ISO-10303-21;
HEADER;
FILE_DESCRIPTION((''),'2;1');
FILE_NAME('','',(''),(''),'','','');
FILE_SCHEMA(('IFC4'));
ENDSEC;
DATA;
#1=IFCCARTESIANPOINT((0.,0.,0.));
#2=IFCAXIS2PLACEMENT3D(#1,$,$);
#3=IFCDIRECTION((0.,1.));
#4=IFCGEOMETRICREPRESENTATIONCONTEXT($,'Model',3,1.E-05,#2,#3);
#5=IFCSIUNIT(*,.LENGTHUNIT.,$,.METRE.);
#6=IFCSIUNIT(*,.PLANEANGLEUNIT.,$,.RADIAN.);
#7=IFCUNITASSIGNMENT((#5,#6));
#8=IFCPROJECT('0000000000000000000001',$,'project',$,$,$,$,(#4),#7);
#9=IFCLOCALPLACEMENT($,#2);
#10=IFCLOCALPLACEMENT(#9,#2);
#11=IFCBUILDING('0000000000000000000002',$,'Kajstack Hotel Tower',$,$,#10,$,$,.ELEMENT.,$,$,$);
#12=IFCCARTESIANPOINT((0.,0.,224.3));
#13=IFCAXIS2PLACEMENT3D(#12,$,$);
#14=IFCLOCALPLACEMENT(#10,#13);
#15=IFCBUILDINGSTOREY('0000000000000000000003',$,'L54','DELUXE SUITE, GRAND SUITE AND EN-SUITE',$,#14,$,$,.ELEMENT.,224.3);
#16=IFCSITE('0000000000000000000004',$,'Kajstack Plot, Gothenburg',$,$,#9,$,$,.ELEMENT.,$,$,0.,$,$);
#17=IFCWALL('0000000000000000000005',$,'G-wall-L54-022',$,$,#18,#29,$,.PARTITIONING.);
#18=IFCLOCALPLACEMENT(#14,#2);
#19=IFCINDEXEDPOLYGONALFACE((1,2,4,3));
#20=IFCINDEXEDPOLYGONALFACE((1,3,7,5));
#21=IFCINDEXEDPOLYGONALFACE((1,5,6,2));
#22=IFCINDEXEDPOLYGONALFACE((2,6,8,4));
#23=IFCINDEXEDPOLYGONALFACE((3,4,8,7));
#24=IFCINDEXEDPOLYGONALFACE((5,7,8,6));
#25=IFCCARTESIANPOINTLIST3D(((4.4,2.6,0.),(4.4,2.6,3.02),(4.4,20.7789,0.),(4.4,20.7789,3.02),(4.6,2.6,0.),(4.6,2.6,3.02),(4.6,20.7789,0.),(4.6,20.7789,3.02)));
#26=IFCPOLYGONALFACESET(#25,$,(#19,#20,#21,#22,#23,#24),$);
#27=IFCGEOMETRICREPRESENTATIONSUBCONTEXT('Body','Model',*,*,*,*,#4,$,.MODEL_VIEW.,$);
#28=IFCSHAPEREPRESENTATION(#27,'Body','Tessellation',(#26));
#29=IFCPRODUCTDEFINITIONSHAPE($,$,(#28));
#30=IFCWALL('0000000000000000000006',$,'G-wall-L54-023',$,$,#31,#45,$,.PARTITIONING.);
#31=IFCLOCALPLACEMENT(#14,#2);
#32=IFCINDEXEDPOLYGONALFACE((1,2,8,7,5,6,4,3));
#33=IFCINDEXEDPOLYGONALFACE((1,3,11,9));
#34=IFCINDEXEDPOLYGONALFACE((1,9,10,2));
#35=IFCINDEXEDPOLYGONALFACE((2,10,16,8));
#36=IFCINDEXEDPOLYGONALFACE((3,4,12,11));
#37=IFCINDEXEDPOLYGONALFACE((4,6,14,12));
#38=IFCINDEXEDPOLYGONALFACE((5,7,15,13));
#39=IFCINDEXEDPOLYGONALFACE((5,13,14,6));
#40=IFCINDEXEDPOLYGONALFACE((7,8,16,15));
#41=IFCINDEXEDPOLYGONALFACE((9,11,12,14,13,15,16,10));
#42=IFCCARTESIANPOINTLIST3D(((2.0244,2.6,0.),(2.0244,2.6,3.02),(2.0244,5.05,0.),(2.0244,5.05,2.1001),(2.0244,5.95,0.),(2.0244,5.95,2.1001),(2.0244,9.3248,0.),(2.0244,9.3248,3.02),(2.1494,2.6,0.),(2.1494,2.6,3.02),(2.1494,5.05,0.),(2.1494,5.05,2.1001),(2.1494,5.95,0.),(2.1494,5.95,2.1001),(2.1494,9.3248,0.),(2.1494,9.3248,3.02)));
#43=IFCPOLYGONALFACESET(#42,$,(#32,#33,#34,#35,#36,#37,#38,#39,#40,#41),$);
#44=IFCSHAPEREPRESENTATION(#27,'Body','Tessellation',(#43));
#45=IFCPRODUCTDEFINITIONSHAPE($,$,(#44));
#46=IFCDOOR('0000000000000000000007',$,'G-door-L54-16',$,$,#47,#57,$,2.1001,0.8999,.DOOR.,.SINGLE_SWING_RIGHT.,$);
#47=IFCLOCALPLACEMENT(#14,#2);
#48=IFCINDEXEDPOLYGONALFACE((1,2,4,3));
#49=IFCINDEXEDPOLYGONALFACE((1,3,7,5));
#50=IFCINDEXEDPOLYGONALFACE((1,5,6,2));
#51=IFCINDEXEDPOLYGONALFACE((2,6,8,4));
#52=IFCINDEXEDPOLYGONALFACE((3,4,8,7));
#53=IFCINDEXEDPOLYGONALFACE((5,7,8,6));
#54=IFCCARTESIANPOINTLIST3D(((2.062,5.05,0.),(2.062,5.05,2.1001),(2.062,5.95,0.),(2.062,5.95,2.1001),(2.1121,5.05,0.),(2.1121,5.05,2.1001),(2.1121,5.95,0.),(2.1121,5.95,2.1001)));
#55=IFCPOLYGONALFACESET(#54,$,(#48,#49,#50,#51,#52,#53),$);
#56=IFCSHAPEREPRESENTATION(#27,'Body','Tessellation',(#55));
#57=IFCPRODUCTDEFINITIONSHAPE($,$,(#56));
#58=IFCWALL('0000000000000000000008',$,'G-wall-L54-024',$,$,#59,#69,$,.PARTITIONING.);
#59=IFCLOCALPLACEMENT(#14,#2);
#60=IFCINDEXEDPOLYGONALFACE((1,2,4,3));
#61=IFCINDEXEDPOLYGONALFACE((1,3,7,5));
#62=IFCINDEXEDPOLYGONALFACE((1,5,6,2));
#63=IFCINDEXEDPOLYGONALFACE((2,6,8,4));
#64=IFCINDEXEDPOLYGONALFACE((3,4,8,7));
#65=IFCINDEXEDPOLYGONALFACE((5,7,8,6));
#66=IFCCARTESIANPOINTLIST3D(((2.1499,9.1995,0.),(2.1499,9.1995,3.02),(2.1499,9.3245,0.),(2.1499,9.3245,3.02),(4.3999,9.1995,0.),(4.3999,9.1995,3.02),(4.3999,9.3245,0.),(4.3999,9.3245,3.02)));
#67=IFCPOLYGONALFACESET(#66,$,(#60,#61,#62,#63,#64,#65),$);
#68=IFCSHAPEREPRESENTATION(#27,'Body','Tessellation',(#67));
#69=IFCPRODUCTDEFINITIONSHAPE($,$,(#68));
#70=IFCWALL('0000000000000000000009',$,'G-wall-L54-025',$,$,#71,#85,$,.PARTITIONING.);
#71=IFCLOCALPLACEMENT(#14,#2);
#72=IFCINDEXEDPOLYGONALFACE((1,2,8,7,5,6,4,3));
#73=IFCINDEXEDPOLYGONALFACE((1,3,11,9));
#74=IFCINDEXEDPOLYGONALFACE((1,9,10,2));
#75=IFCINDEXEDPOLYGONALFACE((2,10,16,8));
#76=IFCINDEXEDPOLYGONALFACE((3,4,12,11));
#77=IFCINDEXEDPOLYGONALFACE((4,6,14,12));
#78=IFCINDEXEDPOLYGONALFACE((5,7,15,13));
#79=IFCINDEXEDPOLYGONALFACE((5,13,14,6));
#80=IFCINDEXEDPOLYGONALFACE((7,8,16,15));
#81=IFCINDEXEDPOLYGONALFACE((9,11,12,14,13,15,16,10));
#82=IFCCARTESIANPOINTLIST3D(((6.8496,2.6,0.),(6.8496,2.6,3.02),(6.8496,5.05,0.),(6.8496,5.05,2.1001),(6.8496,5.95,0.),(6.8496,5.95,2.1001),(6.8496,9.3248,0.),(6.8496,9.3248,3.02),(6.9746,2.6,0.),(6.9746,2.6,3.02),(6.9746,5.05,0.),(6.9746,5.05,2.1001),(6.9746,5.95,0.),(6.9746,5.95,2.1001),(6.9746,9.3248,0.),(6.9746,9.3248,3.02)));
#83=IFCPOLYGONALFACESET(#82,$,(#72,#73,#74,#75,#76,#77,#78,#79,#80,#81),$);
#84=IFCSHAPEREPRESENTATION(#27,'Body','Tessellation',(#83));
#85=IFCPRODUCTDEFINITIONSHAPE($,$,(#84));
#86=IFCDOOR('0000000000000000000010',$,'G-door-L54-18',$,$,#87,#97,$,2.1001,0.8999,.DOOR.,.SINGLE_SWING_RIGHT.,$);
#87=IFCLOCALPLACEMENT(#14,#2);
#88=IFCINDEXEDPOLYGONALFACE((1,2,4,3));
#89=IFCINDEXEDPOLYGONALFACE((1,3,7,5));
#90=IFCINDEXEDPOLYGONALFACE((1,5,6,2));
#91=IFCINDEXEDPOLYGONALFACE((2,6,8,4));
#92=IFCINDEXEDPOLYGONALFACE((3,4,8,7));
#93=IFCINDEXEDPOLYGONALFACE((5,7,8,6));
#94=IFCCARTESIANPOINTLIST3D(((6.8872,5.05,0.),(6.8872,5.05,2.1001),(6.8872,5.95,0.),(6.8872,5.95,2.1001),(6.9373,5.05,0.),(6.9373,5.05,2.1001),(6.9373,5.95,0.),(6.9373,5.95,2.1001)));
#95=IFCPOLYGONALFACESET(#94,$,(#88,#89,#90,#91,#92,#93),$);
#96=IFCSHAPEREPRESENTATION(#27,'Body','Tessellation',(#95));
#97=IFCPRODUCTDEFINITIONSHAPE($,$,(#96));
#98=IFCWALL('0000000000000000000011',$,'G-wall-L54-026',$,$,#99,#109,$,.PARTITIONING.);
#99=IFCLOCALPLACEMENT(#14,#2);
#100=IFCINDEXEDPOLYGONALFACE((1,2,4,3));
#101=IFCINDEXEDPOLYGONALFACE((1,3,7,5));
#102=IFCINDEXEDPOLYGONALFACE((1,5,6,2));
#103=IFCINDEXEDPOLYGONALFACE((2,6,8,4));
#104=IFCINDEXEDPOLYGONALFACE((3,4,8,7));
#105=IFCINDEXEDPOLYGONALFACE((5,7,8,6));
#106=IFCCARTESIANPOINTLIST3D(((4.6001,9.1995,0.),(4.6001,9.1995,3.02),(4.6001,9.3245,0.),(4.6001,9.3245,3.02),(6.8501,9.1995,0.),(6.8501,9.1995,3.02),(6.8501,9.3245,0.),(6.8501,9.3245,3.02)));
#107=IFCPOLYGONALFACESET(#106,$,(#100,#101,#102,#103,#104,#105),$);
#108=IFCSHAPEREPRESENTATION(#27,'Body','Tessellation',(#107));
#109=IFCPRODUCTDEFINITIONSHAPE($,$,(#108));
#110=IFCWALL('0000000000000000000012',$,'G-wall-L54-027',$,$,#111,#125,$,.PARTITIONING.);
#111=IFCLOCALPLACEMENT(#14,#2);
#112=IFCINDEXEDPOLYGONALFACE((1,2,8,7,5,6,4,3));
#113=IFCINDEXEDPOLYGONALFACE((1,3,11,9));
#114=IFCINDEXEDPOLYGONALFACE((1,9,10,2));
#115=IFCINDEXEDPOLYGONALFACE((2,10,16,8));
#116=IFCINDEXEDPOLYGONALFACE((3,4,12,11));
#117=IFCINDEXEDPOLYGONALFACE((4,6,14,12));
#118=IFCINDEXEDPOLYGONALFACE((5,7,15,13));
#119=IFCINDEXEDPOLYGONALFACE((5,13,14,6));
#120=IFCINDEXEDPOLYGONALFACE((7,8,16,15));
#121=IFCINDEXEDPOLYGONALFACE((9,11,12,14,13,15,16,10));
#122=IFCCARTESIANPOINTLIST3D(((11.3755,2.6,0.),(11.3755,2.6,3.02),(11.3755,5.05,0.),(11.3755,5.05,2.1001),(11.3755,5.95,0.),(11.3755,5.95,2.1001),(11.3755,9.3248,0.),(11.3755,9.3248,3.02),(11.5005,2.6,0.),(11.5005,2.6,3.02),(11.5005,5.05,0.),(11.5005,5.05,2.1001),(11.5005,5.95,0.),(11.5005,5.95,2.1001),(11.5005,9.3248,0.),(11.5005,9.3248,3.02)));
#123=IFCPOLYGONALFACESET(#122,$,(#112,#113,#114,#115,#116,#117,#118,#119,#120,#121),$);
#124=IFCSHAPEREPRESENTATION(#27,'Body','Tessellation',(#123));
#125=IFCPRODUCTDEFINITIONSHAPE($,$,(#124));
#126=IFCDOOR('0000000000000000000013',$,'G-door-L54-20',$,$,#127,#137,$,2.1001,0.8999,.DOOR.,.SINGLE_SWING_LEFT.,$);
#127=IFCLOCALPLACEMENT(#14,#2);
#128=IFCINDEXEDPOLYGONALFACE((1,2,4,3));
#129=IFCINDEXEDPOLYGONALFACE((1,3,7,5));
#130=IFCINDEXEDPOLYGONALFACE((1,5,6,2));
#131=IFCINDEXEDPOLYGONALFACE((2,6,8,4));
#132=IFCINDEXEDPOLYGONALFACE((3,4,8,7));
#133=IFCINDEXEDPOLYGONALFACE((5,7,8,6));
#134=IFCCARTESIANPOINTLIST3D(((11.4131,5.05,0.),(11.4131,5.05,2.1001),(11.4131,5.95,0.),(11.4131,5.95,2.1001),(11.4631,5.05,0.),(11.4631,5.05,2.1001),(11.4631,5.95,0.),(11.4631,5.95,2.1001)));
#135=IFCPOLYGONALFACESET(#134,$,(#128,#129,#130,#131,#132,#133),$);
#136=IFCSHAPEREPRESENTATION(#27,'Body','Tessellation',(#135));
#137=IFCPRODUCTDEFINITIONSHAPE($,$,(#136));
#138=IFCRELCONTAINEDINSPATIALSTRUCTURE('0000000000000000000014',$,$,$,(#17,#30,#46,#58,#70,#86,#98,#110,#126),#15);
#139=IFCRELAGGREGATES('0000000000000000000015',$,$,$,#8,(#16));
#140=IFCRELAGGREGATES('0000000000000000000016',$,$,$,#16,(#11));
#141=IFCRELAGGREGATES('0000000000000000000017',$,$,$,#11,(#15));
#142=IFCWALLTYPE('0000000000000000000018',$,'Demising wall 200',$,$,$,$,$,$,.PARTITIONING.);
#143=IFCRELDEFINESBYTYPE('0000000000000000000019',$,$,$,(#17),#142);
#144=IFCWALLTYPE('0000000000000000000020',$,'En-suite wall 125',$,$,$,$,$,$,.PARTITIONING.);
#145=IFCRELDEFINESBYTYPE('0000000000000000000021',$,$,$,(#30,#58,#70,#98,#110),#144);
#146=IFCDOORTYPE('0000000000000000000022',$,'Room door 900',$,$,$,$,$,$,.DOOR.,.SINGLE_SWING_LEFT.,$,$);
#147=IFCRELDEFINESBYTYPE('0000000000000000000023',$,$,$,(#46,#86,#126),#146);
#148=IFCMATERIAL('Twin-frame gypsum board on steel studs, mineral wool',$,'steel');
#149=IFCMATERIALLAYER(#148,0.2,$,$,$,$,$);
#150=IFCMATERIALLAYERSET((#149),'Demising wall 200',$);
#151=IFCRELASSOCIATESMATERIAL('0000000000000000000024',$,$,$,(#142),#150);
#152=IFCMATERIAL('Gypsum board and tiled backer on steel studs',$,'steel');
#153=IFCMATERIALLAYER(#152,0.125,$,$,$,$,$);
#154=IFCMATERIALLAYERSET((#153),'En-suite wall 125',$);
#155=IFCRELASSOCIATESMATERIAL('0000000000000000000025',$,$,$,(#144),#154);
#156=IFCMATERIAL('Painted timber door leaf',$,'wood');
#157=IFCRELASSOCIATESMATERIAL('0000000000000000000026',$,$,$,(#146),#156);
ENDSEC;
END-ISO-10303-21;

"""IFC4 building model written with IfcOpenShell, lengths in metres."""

from ifc_helpers import new_model, si_unit, direction, frame, frame_2d, origin, place, context, subcontext, project, spatial, rectangle, extrude, material, layer, layer_set, type_object, element, fill, save


model = new_model("IFC4")

# Units and contexts
model_context = context("Model", 3, precision=1e-05, world=origin(), true_north=direction((0.0, 1.0)))
body_context = subcontext(model_context, "Body", "Model", "MODEL_VIEW")
ifc_project = project(units=[si_unit("LENGTHUNIT", "METRE"), si_unit("PLANEANGLEUNIT", "RADIAN")], contexts=[model_context])

# Site, building, storey
site_placement = place(None, origin())
site = spatial("IfcSite", under=ifc_project, at=site_placement, Name="Kajstack Plot, Gothenburg", CompositionType="ELEMENT", RefElevation=0.0)
building_placement = place(site_placement, origin())
building = spatial("IfcBuilding", under=site, at=building_placement, Name="Kajstack Hotel Tower", CompositionType="ELEMENT")
storey_placement = place(building_placement, frame((0.0, 0.0, 224.3)))
storey = spatial("IfcBuildingStorey", under=building, at=storey_placement, Name="L54", Description="DELUXE SUITE, GRAND SUITE AND EN-SUITE", CompositionType="ELEMENT", Elevation=224.3)

# Wall
ifc_material_1 = material(Name="Twin-frame gypsum board on steel studs, mineral wool", Category="steel")
ifc_layer_1 = layer(ifc_material_1, 0.2)
ifc_layer_set_1 = layer_set([ifc_layer_1], Name="Demising wall 200")
wall_type_1 = type_object("IfcWallType", Name="Demising wall 200", PredefinedType="PARTITIONING", material=ifc_layer_set_1)
wall_1_placement = place(storey_placement, frame((4.5, 2.6001, 0.0), z_axis=(0.0, 0.0, 1.0), x_axis=(0.0, 1.0, 0.0)))
element("IfcWall", 1, at=wall_1_placement, inside=storey, type_object=wall_type_1, Name="G-wall-L54-022", PredefinedType="PARTITIONING", context=body_context, shape_type="SweptSolid", body=[
    extrude(rectangle(XDim=18.179, YDim=0.2, at=frame_2d((9.0894, 0.0))), origin(), (0.0, 0.0, 1.0), 3.02),
])

# Wall, opening, door
ifc_material_2 = material(Name="Gypsum board and tiled backer on steel studs", Category="steel")
ifc_layer_2 = layer(ifc_material_2, 0.125)
ifc_layer_set_2 = layer_set([ifc_layer_2], Name="En-suite wall 125")
wall_type_2 = type_object("IfcWallType", Name="En-suite wall 125", PredefinedType="PARTITIONING", material=ifc_layer_set_2)
wall_2_placement = place(storey_placement, frame((2.0869, 2.6001, 0.0), z_axis=(0.0, 0.0, 1.0), x_axis=(0.0, 1.0, 0.0)))
wall_2 = element("IfcWall", 2, at=wall_2_placement, inside=storey, type_object=wall_type_2, Name="G-wall-L54-023", PredefinedType="PARTITIONING", context=body_context, shape_type="SweptSolid", body=[
    extrude(rectangle(XDim=6.7249, YDim=0.125, at=frame_2d((3.3623, 0.0))), origin(), (0.0, 0.0, 1.0), 3.02),
])
opening_1_placement = place(wall_2_placement, frame((2.45, 0.0, 0.0)))
opening_1 = element("IfcOpeningElement", 3, at=opening_1_placement, cuts=wall_2, PredefinedType="OPENING", context=body_context, shape_type="SweptSolid", body=[
    extrude(rectangle(XDim=0.8999, YDim=2.1001, at=frame_2d((0.45, 1.05))), frame((0.0, 0.0725, 0.0), z_axis=(0.0, -1.0, 0.0), x_axis=(1.0, 0.0, 0.0)), (0.0, 0.0, 1.0), 0.145),
])
ifc_material_3 = material(Name="Painted timber door leaf", Category="wood")
door_type_1 = type_object("IfcDoorType", Name="Room door 900", OperationType="SINGLE_SWING_LEFT", PredefinedType="DOOR", material=ifc_material_3)
door_1_placement = place(opening_1_placement, origin())
door_1 = element("IfcDoor", 4, at=door_1_placement, inside=storey, type_object=door_type_1, Name="G-door-L54-16", OperationType="SINGLE_SWING_RIGHT", OverallHeight=2.1001, OverallWidth=0.8999, PredefinedType="DOOR", context=body_context, shape_type="SweptSolid", body=[
    extrude(rectangle(XDim=0.8999, YDim=2.1001, at=frame_2d((0.45, 1.05))), frame((0.0, 0.0249, 0.0), z_axis=(0.0, -1.0, 0.0), x_axis=(1.0, 0.0, 0.0)), (0.0, 0.0, 1.0), 0.05),
])
fill(opening_1, door_1)

# Wall
wall_3_placement = place(storey_placement, frame((2.1499, 9.262, 0.0), z_axis=(0.0, 0.0, 1.0), x_axis=(1.0, 0.0, 0.0)))
element("IfcWall", 5, at=wall_3_placement, inside=storey, type_object=wall_type_2, Name="G-wall-L54-024", PredefinedType="PARTITIONING", context=body_context, shape_type="SweptSolid", body=[
    extrude(rectangle(XDim=2.25, YDim=0.125, at=frame_2d((1.125, 0.0))), origin(), (0.0, 0.0, 1.0), 3.02),
])

# Wall, opening, door
wall_4_placement = place(storey_placement, frame((6.9121, 2.6001, 0.0), z_axis=(0.0, 0.0, 1.0), x_axis=(0.0, 1.0, 0.0)))
wall_4 = element("IfcWall", 6, at=wall_4_placement, inside=storey, type_object=wall_type_2, Name="G-wall-L54-025", PredefinedType="PARTITIONING", context=body_context, shape_type="SweptSolid", body=[
    extrude(rectangle(XDim=6.7249, YDim=0.125, at=frame_2d((3.3623, 0.0))), origin(), (0.0, 0.0, 1.0), 3.02),
])
opening_2_placement = place(wall_4_placement, frame((2.45, 0.0, 0.0)))
opening_2 = element("IfcOpeningElement", 7, at=opening_2_placement, cuts=wall_4, PredefinedType="OPENING", context=body_context, shape_type="SweptSolid", body=[
    extrude(rectangle(XDim=0.8999, YDim=2.1001, at=frame_2d((0.45, 1.05))), frame((0.0, 0.0725, 0.0), z_axis=(0.0, -1.0, 0.0), x_axis=(1.0, 0.0, 0.0)), (0.0, 0.0, 1.0), 0.145),
])
door_2_placement = place(opening_2_placement, origin())
door_2 = element("IfcDoor", 8, at=door_2_placement, inside=storey, type_object=door_type_1, Name="G-door-L54-18", OperationType="SINGLE_SWING_RIGHT", OverallHeight=2.1001, OverallWidth=0.8999, PredefinedType="DOOR", context=body_context, shape_type="SweptSolid", body=[
    extrude(rectangle(XDim=0.8999, YDim=2.1001, at=frame_2d((0.45, 1.05))), frame((0.0, 0.0249, 0.0), z_axis=(0.0, -1.0, 0.0), x_axis=(1.0, 0.0, 0.0)), (0.0, 0.0, 1.0), 0.05),
])
fill(opening_2, door_2)

# Wall
wall_5_placement = place(storey_placement, frame((4.6001, 9.262, 0.0), z_axis=(0.0, 0.0, 1.0), x_axis=(1.0, 0.0, 0.0)))
element("IfcWall", 9, at=wall_5_placement, inside=storey, type_object=wall_type_2, Name="G-wall-L54-026", PredefinedType="PARTITIONING", context=body_context, shape_type="SweptSolid", body=[
    extrude(rectangle(XDim=2.25, YDim=0.125, at=frame_2d((1.125, 0.0))), origin(), (0.0, 0.0, 1.0), 3.02),
])

# Wall, opening, door
wall_6_placement = place(storey_placement, frame((11.438, 2.6001, 0.0), z_axis=(0.0, 0.0, 1.0), x_axis=(0.0, 1.0, 0.0)))
wall_6 = element("IfcWall", 10, at=wall_6_placement, inside=storey, type_object=wall_type_2, Name="G-wall-L54-027", PredefinedType="PARTITIONING", context=body_context, shape_type="SweptSolid", body=[
    extrude(rectangle(XDim=6.7249, YDim=0.125, at=frame_2d((3.3623, 0.0))), origin(), (0.0, 0.0, 1.0), 3.02),
])
opening_3_placement = place(wall_6_placement, frame((2.45, 0.0, 0.0)))
opening_3 = element("IfcOpeningElement", 11, at=opening_3_placement, cuts=wall_6, PredefinedType="OPENING", context=body_context, shape_type="SweptSolid", body=[
    extrude(rectangle(XDim=0.8999, YDim=2.1001, at=frame_2d((0.45, 1.05))), frame((0.0, 0.0725, 0.0), z_axis=(0.0, -1.0, 0.0), x_axis=(1.0, 0.0, 0.0)), (0.0, 0.0, 1.0), 0.145),
])
door_3_placement = place(opening_3_placement, origin())
door_3 = element("IfcDoor", 12, at=door_3_placement, inside=storey, type_object=door_type_1, Name="G-door-L54-20", OperationType="SINGLE_SWING_LEFT", OverallHeight=2.1001, OverallWidth=0.8999, PredefinedType="DOOR", context=body_context, shape_type="SweptSolid", body=[
    extrude(rectangle(XDim=0.8999, YDim=2.1001, at=frame_2d((0.45, 1.05))), frame((0.0, 0.0249, 0.0), z_axis=(0.0, -1.0, 0.0), x_axis=(1.0, 0.0, 0.0)), (0.0, 0.0, 1.0), 0.05),
])
fill(opening_3, door_3)

save(model, "model.ifc")
